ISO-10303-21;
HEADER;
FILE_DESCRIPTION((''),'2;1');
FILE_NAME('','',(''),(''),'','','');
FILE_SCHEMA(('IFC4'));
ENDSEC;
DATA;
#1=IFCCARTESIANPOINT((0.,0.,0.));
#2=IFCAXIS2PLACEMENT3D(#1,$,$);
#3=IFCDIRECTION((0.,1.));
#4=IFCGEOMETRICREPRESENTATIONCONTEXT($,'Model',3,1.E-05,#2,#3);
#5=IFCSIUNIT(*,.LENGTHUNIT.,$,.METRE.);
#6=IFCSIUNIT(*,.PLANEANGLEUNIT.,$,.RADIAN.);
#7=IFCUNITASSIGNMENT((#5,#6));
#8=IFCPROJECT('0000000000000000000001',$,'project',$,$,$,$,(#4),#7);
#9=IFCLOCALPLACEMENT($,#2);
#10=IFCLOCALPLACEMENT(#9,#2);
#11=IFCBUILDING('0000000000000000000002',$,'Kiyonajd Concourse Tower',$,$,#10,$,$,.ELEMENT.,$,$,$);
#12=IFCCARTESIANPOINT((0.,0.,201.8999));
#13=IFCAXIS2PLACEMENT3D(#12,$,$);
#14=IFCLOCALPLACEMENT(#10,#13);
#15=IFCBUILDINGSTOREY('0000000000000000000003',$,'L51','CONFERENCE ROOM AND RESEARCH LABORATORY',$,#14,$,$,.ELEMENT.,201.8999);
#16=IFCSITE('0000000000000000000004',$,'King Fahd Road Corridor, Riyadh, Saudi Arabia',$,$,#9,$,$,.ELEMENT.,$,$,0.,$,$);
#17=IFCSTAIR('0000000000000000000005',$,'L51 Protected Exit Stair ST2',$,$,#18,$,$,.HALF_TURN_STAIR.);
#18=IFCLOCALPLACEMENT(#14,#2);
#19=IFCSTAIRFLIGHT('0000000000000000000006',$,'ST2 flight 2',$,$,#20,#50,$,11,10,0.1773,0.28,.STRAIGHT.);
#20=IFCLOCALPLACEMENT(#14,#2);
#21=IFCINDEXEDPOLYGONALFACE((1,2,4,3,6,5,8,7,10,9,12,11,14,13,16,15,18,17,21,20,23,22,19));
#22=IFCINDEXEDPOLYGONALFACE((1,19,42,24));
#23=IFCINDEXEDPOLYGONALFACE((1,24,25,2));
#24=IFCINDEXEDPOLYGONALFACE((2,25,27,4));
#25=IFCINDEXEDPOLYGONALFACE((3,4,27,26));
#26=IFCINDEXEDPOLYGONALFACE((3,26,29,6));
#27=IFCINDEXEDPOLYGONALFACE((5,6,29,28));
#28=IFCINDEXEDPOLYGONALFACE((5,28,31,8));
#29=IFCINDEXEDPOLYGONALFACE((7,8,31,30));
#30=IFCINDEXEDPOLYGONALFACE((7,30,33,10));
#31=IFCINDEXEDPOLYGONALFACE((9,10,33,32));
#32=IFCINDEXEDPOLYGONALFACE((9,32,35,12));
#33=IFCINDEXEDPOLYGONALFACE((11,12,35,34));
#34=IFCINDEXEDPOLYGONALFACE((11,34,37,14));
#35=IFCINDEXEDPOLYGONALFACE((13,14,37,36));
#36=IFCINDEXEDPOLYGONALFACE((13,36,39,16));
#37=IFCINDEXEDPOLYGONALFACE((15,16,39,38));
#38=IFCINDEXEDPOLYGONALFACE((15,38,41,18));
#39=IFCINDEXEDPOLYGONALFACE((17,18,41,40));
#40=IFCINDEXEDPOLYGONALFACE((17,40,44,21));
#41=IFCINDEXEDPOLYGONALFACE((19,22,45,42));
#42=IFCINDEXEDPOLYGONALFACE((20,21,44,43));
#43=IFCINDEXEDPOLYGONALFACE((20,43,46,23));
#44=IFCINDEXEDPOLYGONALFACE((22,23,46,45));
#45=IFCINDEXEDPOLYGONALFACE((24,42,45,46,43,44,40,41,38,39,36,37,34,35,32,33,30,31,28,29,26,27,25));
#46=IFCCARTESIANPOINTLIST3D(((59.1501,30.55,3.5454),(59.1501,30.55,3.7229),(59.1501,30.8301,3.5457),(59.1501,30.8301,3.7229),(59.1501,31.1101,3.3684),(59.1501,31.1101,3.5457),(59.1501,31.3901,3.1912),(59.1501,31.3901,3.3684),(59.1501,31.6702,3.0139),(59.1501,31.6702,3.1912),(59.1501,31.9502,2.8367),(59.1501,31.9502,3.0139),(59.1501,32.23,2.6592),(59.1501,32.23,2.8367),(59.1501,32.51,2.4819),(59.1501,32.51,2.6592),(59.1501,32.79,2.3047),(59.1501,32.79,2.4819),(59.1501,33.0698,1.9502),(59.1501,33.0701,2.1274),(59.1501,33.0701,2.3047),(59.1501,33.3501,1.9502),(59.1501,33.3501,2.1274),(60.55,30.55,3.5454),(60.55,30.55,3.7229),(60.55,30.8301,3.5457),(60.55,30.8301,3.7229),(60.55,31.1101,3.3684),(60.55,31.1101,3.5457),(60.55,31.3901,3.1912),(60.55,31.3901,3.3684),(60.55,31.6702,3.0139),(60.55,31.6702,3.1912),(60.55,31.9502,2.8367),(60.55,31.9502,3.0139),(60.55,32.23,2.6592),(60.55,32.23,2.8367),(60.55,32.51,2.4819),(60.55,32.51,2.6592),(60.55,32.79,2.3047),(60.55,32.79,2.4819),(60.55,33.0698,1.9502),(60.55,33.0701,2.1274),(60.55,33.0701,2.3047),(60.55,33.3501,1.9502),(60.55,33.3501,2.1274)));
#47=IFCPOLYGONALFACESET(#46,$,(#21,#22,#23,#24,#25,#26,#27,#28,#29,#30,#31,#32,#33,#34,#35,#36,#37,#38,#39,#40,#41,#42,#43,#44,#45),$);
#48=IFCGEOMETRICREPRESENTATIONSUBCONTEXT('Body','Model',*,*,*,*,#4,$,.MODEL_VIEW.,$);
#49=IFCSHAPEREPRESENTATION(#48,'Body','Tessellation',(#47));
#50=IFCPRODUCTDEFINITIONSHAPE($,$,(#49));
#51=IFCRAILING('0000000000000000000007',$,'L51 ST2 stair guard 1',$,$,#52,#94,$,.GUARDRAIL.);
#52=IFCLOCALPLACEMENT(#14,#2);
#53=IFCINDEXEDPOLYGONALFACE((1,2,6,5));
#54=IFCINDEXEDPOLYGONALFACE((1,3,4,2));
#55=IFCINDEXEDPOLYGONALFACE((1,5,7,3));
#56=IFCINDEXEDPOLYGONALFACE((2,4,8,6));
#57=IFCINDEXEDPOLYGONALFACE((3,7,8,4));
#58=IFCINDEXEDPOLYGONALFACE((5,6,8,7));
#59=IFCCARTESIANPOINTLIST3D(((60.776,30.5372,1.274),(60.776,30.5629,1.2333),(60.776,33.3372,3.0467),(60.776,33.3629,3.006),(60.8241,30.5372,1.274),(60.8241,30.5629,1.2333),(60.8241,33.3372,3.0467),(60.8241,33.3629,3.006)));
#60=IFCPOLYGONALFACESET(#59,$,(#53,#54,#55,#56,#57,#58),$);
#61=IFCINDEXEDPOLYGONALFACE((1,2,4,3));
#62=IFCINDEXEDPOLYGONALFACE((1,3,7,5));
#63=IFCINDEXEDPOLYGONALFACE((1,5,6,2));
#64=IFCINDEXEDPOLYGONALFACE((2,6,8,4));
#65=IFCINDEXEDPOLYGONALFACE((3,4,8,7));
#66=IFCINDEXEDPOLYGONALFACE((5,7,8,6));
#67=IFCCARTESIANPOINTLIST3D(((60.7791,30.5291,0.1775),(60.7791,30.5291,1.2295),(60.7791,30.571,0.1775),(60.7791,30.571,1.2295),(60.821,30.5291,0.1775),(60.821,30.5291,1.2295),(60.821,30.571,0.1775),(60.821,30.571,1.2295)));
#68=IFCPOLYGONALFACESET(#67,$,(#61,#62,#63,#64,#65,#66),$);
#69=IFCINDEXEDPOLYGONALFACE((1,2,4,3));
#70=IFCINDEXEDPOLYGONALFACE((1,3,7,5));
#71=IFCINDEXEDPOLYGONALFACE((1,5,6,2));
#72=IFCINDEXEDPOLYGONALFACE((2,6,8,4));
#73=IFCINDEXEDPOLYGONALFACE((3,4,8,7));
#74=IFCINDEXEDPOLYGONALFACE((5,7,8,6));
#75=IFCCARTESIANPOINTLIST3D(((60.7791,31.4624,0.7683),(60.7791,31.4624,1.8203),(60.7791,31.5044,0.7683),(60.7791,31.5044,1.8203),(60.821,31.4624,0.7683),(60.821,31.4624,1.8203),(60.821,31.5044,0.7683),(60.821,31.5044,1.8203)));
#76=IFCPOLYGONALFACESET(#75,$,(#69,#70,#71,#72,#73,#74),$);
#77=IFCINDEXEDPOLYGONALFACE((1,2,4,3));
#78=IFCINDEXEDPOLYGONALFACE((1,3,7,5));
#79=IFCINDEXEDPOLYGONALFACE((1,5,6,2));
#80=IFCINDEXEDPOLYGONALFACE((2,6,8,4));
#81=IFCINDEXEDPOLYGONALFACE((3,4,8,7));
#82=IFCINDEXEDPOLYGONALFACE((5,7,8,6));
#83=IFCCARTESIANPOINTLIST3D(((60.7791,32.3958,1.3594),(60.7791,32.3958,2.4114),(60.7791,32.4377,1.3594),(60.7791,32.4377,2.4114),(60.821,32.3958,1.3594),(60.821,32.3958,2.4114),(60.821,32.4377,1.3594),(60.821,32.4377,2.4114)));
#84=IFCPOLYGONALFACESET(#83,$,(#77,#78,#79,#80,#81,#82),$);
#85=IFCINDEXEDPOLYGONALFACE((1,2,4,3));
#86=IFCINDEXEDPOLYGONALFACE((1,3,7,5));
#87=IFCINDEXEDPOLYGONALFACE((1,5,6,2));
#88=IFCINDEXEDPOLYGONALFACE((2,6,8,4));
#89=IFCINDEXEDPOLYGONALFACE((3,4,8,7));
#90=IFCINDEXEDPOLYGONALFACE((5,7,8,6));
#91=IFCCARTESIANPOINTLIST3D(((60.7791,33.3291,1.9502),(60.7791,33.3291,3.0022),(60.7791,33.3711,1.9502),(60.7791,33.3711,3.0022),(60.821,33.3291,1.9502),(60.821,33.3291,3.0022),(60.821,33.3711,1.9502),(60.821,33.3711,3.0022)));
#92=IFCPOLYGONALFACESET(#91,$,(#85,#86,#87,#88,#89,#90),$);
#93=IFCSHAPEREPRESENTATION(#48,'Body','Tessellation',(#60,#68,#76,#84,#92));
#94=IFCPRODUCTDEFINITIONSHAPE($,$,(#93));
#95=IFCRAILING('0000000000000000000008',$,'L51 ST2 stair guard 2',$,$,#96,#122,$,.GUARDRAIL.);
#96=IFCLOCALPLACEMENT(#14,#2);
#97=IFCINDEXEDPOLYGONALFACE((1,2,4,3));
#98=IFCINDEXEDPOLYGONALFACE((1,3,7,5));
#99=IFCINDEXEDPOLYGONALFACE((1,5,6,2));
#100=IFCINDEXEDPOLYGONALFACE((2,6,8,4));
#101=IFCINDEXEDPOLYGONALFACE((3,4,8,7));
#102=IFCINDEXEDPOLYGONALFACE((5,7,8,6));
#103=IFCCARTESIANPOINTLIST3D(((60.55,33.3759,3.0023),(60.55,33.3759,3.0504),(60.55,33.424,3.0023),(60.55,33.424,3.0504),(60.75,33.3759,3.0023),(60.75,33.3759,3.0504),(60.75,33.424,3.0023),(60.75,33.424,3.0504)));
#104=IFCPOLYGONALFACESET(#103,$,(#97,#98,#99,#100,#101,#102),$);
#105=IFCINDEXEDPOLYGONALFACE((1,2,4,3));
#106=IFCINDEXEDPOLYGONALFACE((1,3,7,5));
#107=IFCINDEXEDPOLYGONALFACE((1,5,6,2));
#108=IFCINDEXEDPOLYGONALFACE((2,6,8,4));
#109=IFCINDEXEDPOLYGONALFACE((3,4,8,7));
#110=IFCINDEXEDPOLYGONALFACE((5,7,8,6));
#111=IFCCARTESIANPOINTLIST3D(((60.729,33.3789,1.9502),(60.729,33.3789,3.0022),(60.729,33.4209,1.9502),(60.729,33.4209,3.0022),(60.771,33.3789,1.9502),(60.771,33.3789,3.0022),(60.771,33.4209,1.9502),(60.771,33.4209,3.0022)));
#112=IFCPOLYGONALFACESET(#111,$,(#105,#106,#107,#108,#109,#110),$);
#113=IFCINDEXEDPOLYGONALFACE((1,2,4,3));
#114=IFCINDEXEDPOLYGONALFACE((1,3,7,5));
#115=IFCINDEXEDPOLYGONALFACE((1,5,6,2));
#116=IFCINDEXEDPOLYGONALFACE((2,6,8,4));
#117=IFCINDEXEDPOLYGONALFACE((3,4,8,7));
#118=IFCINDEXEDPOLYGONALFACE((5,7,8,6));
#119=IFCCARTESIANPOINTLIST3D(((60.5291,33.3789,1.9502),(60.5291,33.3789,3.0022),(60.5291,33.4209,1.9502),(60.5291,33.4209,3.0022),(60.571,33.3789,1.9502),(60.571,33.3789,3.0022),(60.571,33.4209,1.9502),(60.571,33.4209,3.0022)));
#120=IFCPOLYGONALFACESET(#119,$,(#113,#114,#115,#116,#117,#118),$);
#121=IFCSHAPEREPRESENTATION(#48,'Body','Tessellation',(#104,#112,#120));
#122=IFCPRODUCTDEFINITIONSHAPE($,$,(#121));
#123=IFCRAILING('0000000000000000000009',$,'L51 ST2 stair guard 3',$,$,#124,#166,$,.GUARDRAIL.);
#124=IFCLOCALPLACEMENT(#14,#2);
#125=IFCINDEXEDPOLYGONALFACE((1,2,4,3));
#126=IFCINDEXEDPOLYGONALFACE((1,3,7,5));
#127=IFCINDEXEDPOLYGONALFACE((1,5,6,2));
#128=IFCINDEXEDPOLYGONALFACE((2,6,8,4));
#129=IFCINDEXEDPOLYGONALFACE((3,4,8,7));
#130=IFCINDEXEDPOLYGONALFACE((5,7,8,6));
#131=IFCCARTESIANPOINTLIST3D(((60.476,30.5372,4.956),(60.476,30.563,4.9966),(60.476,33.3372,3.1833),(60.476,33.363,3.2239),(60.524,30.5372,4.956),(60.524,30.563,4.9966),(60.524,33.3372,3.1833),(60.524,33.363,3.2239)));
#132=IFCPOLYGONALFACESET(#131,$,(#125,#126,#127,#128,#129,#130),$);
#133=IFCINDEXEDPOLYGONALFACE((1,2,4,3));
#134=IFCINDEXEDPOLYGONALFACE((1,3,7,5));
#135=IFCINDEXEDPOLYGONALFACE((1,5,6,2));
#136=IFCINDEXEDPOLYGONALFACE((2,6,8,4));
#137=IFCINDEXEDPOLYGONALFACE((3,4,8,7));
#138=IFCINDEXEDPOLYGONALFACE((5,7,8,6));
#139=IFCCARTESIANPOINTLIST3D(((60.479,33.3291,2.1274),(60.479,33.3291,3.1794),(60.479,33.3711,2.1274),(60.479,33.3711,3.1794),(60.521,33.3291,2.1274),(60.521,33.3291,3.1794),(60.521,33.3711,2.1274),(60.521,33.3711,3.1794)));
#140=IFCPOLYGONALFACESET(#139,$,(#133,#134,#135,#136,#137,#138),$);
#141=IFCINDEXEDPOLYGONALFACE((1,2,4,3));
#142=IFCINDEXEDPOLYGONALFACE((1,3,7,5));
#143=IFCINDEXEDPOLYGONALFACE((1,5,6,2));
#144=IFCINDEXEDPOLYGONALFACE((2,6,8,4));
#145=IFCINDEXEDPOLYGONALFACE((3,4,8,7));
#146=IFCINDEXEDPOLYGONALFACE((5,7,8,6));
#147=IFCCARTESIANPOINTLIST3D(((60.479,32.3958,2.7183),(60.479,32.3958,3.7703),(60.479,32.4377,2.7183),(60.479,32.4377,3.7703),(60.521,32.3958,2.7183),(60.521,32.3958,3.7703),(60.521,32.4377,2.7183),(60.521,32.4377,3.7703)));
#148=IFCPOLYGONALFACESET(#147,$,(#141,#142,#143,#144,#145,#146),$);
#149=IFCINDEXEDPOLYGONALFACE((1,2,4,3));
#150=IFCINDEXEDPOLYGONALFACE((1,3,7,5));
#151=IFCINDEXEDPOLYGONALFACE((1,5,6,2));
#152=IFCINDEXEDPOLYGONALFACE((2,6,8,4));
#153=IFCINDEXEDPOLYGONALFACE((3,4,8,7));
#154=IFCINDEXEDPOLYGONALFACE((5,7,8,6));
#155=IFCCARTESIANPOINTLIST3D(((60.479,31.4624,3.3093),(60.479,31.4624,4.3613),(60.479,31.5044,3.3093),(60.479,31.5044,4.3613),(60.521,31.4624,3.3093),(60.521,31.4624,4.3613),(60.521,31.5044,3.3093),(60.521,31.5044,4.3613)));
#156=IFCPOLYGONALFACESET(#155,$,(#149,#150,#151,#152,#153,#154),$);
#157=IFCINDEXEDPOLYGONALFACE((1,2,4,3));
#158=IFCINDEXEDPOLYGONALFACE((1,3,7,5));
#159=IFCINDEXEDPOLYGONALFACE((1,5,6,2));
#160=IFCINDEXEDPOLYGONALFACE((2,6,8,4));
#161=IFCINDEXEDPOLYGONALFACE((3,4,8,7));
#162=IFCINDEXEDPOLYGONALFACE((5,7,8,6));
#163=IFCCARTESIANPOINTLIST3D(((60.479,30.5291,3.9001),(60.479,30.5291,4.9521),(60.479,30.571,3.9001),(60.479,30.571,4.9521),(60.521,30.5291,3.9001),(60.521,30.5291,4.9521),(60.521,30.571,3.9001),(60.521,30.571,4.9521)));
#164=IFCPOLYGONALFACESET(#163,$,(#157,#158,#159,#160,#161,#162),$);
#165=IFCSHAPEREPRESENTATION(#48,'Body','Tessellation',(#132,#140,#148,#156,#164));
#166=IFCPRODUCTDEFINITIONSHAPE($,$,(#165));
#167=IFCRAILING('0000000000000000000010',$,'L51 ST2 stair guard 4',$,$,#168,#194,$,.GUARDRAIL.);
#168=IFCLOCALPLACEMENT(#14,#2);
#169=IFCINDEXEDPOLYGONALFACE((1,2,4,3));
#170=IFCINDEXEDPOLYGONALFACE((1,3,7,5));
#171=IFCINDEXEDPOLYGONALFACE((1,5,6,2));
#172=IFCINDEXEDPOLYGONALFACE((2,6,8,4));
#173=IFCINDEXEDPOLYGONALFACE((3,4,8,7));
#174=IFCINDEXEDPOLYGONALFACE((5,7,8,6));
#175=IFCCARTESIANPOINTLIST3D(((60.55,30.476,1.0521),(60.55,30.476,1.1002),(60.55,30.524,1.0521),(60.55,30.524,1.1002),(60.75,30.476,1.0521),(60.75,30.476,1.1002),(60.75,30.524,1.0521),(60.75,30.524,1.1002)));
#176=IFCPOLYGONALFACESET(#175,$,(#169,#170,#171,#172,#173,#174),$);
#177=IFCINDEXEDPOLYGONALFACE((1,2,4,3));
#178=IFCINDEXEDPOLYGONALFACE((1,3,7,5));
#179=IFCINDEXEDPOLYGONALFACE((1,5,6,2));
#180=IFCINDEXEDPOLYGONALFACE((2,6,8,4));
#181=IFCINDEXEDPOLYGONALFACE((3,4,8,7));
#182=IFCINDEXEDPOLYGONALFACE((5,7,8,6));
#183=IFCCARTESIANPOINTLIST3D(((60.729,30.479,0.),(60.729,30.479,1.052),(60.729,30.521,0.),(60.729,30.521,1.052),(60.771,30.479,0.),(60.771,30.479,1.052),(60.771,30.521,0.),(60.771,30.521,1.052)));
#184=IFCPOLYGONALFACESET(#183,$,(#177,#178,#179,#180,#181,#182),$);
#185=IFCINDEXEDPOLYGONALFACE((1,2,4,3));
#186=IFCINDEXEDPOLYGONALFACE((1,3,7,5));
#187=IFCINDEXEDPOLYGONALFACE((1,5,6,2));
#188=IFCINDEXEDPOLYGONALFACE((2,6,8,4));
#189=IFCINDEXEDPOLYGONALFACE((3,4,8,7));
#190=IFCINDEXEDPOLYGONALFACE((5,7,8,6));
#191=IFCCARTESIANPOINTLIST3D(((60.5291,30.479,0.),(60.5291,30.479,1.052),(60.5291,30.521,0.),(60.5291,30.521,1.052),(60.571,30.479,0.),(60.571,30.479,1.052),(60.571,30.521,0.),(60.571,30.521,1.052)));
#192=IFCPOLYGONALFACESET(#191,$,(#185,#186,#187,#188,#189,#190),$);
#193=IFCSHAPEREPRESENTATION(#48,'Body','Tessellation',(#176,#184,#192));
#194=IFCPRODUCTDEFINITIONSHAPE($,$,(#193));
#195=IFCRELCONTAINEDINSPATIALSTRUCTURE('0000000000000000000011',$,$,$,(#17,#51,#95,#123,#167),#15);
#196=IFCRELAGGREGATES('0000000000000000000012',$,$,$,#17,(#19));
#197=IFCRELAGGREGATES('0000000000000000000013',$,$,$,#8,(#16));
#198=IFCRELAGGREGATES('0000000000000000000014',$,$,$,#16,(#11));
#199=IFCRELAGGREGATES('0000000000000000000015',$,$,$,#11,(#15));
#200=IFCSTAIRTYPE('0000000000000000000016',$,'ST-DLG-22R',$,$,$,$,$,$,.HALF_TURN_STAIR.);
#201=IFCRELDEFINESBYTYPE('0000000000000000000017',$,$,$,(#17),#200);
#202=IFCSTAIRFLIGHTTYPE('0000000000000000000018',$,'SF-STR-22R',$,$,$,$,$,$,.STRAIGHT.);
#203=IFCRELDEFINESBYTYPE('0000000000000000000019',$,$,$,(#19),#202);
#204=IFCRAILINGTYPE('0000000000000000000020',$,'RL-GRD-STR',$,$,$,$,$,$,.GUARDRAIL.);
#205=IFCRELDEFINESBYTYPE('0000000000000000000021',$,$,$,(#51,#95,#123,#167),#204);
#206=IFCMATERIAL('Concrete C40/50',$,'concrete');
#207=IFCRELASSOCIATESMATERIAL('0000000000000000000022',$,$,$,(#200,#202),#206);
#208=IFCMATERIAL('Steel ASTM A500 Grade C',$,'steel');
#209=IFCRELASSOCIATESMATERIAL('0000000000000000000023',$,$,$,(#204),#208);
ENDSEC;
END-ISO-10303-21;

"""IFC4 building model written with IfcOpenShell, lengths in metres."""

from ifc_helpers import new_model, si_unit, direction, frame, origin, origin_2d, place, context, subcontext, project, spatial, polyline, rectangle, outline, extrude, material, type_object, element, aggregate, save


model = new_model("IFC4")

# Units and contexts
model_context = context("Model", 3, precision=1e-05, world=origin(), true_north=direction((0.0, 1.0)))
body_context = subcontext(model_context, "Body", "Model", "MODEL_VIEW")
ifc_project = project(units=[si_unit("LENGTHUNIT", "METRE"), si_unit("PLANEANGLEUNIT", "RADIAN")], contexts=[model_context])

# Site, building, storey
site_placement = place(None, origin())
site = spatial("IfcSite", under=ifc_project, at=site_placement, Name="King Fahd Road Corridor, Riyadh, Saudi Arabia", CompositionType="ELEMENT", RefElevation=0.0)
building_placement = place(site_placement, origin())
building = spatial("IfcBuilding", under=site, at=building_placement, Name="Kiyonajd Concourse Tower", CompositionType="ELEMENT")
storey_placement = place(building_placement, frame((0.0, 0.0, 201.8999)))
storey = spatial("IfcBuildingStorey", under=building, at=storey_placement, Name="L51", Description="CONFERENCE ROOM AND RESEARCH LABORATORY", CompositionType="ELEMENT", Elevation=201.8999)

# Stair, stair flight
ifc_material_1 = material(Name="Concrete C40/50", Category="concrete")
stair_type = type_object("IfcStairType", Name="ST-DLG-22R", PredefinedType="HALF_TURN_STAIR", material=ifc_material_1)
stair_placement = place(storey_placement, origin())
stair = element("IfcStair", 1, at=stair_placement, inside=storey, type_object=stair_type, Name="L51 Protected Exit Stair ST2", PredefinedType="HALF_TURN_STAIR")
stair_flight_type = type_object("IfcStairFlightType", Name="SF-STR-22R", PredefinedType="STRAIGHT", material=ifc_material_1)
stair_flight_1_placement = place(storey_placement, frame((59.8501, 33.3501, 1.9502), z_axis=(0.0, 0.0, 1.0), x_axis=(0.0, -1.0, 0.0)))
stair_flight_1 = element("IfcStairFlight", 2, at=stair_flight_1_placement, type_object=stair_flight_type, Name="ST2 flight 2", NumberOfRisers=11, NumberOfTreads=10, PredefinedType="STRAIGHT", RiserHeight=0.1773, TreadLength=0.28, context=body_context, shape_type="SweptSolid", body=[
    extrude(outline(polyline([(0.0, 0.0), (0.0, 0.1772), (0.28, 0.1772), (0.28, 0.3545), (0.5601, 0.3545), (0.5601, 0.5317), (0.8401, 0.5317), (0.8401, 0.709), (1.1201, 0.709), (1.1201, 0.8865), (1.3999, 0.8865), (1.3999, 1.0637), (1.6799, 1.0637), (1.6799, 1.241), (1.96, 1.241), (1.96, 1.4182), (2.24, 1.4182), (2.24, 1.5955), (2.52, 1.5955), (2.52, 1.7727), (2.8, 1.7727), (2.8, 1.95), (2.8, 1.5952), (0.2803, 0.0), (0.0, 0.0)])), frame((0.0, 0.7, 0.0), z_axis=(0.0, -1.0, 0.0), x_axis=(1.0, 0.0, 0.0)), (0.0, 0.0, 1.0), 1.3999),
])
aggregate(stair, [stair_flight_1])

# Railings
ifc_material_2 = material(Name="Steel ASTM A500 Grade C", Category="steel")
railing_type_1 = type_object("IfcRailingType", Name="RL-GRD-STR", PredefinedType="GUARDRAIL", material=ifc_material_2)
railing_1_placement = place(storey_placement, frame((60.8, 30.55, 0.1775)))
element("IfcRailing", 3, at=railing_1_placement, inside=storey, type_object=railing_type_1, Name="L51 ST2 stair guard 1", PredefinedType="GUARDRAIL", context=body_context, shape_type="SweptSolid", body=[
    extrude(rectangle(XDim=0.0481, YDim=0.0481, at=origin_2d()), frame((0.0, 0.0, 1.0762), z_axis=(0.0, 0.844909, 0.53491), x_axis=(-1.0, 0.0, 0.0)), (0.0, 0.0, 1.0), 3.314),
    extrude(rectangle(XDim=0.042, YDim=0.042, at=origin_2d()), origin(), (0.0, 0.0, 1.0), 1.052),
    extrude(rectangle(XDim=0.042, YDim=0.042, at=origin_2d()), frame((0.0, 0.9333, 0.5908)), (0.0, 0.0, 1.0), 1.052),
    extrude(rectangle(XDim=0.042, YDim=0.042, at=origin_2d()), frame((0.0, 1.8667, 1.1819)), (0.0, 0.0, 1.0), 1.052),
    extrude(rectangle(XDim=0.042, YDim=0.042, at=origin_2d()), frame((0.0, 2.8, 1.7727)), (0.0, 0.0, 1.0), 1.052),
])
railing_2_placement = place(storey_placement, frame((60.75, 33.3999, 1.9502)))
element("IfcRailing", 4, at=railing_2_placement, inside=storey, type_object=railing_type_1, Name="L51 ST2 stair guard 2", PredefinedType="GUARDRAIL", context=body_context, shape_type="SweptSolid", body=[
    extrude(rectangle(XDim=0.0481, YDim=0.0481, at=origin_2d()), frame((0.0, 0.0, 1.0762), z_axis=(-1.0, 0.0, 0.0), x_axis=(0.0, -1.0, 0.0)), (0.0, 0.0, 1.0), 0.2),
    extrude(rectangle(XDim=0.042, YDim=0.042, at=origin_2d()), origin(), (0.0, 0.0, 1.0), 1.052),
    extrude(rectangle(XDim=0.042, YDim=0.042, at=origin_2d()), frame((-0.2, 0.0, 0.0)), (0.0, 0.0, 1.0), 1.052),
])
railing_3_placement = place(storey_placement, frame((60.5, 33.3501, 2.1274)))
element("IfcRailing", 5, at=railing_3_placement, inside=storey, type_object=railing_type_1, Name="L51 ST2 stair guard 3", PredefinedType="GUARDRAIL", context=body_context, shape_type="SweptSolid", body=[
    extrude(rectangle(XDim=0.0481, YDim=0.0481, at=origin_2d()), frame((0.0, 0.0, 1.0762), z_axis=(0.0, -0.844909, 0.53491), x_axis=(1.0, 0.0, 0.0)), (0.0, 0.0, 1.0), 3.314),
    extrude(rectangle(XDim=0.042, YDim=0.042, at=origin_2d()), origin(), (0.0, 0.0, 1.0), 1.052),
    extrude(rectangle(XDim=0.042, YDim=0.042, at=origin_2d()), frame((0.0, -0.9333, 0.5908)), (0.0, 0.0, 1.0), 1.052),
    extrude(rectangle(XDim=0.042, YDim=0.042, at=origin_2d()), frame((0.0, -1.8667, 1.1819)), (0.0, 0.0, 1.0), 1.052),
    extrude(rectangle(XDim=0.042, YDim=0.042, at=origin_2d()), frame((0.0, -2.8, 1.7727)), (0.0, 0.0, 1.0), 1.052),
])
railing_4_placement = place(storey_placement, frame((60.75, 30.5, 0.0)))
element("IfcRailing", 6, at=railing_4_placement, inside=storey, type_object=railing_type_1, Name="L51 ST2 stair guard 4", PredefinedType="GUARDRAIL", context=body_context, shape_type="SweptSolid", body=[
    extrude(rectangle(XDim=0.0481, YDim=0.0481, at=origin_2d()), frame((0.0, 0.0, 1.0762), z_axis=(-1.0, 0.0, 0.0), x_axis=(0.0, -1.0, 0.0)), (0.0, 0.0, 1.0), 0.2),
    extrude(rectangle(XDim=0.042, YDim=0.042, at=origin_2d()), origin(), (0.0, 0.0, 1.0), 1.052),
    extrude(rectangle(XDim=0.042, YDim=0.042, at=origin_2d()), frame((-0.2, 0.0, 0.0)), (0.0, 0.0, 1.0), 1.052),
])

save(model, "model.ifc")
